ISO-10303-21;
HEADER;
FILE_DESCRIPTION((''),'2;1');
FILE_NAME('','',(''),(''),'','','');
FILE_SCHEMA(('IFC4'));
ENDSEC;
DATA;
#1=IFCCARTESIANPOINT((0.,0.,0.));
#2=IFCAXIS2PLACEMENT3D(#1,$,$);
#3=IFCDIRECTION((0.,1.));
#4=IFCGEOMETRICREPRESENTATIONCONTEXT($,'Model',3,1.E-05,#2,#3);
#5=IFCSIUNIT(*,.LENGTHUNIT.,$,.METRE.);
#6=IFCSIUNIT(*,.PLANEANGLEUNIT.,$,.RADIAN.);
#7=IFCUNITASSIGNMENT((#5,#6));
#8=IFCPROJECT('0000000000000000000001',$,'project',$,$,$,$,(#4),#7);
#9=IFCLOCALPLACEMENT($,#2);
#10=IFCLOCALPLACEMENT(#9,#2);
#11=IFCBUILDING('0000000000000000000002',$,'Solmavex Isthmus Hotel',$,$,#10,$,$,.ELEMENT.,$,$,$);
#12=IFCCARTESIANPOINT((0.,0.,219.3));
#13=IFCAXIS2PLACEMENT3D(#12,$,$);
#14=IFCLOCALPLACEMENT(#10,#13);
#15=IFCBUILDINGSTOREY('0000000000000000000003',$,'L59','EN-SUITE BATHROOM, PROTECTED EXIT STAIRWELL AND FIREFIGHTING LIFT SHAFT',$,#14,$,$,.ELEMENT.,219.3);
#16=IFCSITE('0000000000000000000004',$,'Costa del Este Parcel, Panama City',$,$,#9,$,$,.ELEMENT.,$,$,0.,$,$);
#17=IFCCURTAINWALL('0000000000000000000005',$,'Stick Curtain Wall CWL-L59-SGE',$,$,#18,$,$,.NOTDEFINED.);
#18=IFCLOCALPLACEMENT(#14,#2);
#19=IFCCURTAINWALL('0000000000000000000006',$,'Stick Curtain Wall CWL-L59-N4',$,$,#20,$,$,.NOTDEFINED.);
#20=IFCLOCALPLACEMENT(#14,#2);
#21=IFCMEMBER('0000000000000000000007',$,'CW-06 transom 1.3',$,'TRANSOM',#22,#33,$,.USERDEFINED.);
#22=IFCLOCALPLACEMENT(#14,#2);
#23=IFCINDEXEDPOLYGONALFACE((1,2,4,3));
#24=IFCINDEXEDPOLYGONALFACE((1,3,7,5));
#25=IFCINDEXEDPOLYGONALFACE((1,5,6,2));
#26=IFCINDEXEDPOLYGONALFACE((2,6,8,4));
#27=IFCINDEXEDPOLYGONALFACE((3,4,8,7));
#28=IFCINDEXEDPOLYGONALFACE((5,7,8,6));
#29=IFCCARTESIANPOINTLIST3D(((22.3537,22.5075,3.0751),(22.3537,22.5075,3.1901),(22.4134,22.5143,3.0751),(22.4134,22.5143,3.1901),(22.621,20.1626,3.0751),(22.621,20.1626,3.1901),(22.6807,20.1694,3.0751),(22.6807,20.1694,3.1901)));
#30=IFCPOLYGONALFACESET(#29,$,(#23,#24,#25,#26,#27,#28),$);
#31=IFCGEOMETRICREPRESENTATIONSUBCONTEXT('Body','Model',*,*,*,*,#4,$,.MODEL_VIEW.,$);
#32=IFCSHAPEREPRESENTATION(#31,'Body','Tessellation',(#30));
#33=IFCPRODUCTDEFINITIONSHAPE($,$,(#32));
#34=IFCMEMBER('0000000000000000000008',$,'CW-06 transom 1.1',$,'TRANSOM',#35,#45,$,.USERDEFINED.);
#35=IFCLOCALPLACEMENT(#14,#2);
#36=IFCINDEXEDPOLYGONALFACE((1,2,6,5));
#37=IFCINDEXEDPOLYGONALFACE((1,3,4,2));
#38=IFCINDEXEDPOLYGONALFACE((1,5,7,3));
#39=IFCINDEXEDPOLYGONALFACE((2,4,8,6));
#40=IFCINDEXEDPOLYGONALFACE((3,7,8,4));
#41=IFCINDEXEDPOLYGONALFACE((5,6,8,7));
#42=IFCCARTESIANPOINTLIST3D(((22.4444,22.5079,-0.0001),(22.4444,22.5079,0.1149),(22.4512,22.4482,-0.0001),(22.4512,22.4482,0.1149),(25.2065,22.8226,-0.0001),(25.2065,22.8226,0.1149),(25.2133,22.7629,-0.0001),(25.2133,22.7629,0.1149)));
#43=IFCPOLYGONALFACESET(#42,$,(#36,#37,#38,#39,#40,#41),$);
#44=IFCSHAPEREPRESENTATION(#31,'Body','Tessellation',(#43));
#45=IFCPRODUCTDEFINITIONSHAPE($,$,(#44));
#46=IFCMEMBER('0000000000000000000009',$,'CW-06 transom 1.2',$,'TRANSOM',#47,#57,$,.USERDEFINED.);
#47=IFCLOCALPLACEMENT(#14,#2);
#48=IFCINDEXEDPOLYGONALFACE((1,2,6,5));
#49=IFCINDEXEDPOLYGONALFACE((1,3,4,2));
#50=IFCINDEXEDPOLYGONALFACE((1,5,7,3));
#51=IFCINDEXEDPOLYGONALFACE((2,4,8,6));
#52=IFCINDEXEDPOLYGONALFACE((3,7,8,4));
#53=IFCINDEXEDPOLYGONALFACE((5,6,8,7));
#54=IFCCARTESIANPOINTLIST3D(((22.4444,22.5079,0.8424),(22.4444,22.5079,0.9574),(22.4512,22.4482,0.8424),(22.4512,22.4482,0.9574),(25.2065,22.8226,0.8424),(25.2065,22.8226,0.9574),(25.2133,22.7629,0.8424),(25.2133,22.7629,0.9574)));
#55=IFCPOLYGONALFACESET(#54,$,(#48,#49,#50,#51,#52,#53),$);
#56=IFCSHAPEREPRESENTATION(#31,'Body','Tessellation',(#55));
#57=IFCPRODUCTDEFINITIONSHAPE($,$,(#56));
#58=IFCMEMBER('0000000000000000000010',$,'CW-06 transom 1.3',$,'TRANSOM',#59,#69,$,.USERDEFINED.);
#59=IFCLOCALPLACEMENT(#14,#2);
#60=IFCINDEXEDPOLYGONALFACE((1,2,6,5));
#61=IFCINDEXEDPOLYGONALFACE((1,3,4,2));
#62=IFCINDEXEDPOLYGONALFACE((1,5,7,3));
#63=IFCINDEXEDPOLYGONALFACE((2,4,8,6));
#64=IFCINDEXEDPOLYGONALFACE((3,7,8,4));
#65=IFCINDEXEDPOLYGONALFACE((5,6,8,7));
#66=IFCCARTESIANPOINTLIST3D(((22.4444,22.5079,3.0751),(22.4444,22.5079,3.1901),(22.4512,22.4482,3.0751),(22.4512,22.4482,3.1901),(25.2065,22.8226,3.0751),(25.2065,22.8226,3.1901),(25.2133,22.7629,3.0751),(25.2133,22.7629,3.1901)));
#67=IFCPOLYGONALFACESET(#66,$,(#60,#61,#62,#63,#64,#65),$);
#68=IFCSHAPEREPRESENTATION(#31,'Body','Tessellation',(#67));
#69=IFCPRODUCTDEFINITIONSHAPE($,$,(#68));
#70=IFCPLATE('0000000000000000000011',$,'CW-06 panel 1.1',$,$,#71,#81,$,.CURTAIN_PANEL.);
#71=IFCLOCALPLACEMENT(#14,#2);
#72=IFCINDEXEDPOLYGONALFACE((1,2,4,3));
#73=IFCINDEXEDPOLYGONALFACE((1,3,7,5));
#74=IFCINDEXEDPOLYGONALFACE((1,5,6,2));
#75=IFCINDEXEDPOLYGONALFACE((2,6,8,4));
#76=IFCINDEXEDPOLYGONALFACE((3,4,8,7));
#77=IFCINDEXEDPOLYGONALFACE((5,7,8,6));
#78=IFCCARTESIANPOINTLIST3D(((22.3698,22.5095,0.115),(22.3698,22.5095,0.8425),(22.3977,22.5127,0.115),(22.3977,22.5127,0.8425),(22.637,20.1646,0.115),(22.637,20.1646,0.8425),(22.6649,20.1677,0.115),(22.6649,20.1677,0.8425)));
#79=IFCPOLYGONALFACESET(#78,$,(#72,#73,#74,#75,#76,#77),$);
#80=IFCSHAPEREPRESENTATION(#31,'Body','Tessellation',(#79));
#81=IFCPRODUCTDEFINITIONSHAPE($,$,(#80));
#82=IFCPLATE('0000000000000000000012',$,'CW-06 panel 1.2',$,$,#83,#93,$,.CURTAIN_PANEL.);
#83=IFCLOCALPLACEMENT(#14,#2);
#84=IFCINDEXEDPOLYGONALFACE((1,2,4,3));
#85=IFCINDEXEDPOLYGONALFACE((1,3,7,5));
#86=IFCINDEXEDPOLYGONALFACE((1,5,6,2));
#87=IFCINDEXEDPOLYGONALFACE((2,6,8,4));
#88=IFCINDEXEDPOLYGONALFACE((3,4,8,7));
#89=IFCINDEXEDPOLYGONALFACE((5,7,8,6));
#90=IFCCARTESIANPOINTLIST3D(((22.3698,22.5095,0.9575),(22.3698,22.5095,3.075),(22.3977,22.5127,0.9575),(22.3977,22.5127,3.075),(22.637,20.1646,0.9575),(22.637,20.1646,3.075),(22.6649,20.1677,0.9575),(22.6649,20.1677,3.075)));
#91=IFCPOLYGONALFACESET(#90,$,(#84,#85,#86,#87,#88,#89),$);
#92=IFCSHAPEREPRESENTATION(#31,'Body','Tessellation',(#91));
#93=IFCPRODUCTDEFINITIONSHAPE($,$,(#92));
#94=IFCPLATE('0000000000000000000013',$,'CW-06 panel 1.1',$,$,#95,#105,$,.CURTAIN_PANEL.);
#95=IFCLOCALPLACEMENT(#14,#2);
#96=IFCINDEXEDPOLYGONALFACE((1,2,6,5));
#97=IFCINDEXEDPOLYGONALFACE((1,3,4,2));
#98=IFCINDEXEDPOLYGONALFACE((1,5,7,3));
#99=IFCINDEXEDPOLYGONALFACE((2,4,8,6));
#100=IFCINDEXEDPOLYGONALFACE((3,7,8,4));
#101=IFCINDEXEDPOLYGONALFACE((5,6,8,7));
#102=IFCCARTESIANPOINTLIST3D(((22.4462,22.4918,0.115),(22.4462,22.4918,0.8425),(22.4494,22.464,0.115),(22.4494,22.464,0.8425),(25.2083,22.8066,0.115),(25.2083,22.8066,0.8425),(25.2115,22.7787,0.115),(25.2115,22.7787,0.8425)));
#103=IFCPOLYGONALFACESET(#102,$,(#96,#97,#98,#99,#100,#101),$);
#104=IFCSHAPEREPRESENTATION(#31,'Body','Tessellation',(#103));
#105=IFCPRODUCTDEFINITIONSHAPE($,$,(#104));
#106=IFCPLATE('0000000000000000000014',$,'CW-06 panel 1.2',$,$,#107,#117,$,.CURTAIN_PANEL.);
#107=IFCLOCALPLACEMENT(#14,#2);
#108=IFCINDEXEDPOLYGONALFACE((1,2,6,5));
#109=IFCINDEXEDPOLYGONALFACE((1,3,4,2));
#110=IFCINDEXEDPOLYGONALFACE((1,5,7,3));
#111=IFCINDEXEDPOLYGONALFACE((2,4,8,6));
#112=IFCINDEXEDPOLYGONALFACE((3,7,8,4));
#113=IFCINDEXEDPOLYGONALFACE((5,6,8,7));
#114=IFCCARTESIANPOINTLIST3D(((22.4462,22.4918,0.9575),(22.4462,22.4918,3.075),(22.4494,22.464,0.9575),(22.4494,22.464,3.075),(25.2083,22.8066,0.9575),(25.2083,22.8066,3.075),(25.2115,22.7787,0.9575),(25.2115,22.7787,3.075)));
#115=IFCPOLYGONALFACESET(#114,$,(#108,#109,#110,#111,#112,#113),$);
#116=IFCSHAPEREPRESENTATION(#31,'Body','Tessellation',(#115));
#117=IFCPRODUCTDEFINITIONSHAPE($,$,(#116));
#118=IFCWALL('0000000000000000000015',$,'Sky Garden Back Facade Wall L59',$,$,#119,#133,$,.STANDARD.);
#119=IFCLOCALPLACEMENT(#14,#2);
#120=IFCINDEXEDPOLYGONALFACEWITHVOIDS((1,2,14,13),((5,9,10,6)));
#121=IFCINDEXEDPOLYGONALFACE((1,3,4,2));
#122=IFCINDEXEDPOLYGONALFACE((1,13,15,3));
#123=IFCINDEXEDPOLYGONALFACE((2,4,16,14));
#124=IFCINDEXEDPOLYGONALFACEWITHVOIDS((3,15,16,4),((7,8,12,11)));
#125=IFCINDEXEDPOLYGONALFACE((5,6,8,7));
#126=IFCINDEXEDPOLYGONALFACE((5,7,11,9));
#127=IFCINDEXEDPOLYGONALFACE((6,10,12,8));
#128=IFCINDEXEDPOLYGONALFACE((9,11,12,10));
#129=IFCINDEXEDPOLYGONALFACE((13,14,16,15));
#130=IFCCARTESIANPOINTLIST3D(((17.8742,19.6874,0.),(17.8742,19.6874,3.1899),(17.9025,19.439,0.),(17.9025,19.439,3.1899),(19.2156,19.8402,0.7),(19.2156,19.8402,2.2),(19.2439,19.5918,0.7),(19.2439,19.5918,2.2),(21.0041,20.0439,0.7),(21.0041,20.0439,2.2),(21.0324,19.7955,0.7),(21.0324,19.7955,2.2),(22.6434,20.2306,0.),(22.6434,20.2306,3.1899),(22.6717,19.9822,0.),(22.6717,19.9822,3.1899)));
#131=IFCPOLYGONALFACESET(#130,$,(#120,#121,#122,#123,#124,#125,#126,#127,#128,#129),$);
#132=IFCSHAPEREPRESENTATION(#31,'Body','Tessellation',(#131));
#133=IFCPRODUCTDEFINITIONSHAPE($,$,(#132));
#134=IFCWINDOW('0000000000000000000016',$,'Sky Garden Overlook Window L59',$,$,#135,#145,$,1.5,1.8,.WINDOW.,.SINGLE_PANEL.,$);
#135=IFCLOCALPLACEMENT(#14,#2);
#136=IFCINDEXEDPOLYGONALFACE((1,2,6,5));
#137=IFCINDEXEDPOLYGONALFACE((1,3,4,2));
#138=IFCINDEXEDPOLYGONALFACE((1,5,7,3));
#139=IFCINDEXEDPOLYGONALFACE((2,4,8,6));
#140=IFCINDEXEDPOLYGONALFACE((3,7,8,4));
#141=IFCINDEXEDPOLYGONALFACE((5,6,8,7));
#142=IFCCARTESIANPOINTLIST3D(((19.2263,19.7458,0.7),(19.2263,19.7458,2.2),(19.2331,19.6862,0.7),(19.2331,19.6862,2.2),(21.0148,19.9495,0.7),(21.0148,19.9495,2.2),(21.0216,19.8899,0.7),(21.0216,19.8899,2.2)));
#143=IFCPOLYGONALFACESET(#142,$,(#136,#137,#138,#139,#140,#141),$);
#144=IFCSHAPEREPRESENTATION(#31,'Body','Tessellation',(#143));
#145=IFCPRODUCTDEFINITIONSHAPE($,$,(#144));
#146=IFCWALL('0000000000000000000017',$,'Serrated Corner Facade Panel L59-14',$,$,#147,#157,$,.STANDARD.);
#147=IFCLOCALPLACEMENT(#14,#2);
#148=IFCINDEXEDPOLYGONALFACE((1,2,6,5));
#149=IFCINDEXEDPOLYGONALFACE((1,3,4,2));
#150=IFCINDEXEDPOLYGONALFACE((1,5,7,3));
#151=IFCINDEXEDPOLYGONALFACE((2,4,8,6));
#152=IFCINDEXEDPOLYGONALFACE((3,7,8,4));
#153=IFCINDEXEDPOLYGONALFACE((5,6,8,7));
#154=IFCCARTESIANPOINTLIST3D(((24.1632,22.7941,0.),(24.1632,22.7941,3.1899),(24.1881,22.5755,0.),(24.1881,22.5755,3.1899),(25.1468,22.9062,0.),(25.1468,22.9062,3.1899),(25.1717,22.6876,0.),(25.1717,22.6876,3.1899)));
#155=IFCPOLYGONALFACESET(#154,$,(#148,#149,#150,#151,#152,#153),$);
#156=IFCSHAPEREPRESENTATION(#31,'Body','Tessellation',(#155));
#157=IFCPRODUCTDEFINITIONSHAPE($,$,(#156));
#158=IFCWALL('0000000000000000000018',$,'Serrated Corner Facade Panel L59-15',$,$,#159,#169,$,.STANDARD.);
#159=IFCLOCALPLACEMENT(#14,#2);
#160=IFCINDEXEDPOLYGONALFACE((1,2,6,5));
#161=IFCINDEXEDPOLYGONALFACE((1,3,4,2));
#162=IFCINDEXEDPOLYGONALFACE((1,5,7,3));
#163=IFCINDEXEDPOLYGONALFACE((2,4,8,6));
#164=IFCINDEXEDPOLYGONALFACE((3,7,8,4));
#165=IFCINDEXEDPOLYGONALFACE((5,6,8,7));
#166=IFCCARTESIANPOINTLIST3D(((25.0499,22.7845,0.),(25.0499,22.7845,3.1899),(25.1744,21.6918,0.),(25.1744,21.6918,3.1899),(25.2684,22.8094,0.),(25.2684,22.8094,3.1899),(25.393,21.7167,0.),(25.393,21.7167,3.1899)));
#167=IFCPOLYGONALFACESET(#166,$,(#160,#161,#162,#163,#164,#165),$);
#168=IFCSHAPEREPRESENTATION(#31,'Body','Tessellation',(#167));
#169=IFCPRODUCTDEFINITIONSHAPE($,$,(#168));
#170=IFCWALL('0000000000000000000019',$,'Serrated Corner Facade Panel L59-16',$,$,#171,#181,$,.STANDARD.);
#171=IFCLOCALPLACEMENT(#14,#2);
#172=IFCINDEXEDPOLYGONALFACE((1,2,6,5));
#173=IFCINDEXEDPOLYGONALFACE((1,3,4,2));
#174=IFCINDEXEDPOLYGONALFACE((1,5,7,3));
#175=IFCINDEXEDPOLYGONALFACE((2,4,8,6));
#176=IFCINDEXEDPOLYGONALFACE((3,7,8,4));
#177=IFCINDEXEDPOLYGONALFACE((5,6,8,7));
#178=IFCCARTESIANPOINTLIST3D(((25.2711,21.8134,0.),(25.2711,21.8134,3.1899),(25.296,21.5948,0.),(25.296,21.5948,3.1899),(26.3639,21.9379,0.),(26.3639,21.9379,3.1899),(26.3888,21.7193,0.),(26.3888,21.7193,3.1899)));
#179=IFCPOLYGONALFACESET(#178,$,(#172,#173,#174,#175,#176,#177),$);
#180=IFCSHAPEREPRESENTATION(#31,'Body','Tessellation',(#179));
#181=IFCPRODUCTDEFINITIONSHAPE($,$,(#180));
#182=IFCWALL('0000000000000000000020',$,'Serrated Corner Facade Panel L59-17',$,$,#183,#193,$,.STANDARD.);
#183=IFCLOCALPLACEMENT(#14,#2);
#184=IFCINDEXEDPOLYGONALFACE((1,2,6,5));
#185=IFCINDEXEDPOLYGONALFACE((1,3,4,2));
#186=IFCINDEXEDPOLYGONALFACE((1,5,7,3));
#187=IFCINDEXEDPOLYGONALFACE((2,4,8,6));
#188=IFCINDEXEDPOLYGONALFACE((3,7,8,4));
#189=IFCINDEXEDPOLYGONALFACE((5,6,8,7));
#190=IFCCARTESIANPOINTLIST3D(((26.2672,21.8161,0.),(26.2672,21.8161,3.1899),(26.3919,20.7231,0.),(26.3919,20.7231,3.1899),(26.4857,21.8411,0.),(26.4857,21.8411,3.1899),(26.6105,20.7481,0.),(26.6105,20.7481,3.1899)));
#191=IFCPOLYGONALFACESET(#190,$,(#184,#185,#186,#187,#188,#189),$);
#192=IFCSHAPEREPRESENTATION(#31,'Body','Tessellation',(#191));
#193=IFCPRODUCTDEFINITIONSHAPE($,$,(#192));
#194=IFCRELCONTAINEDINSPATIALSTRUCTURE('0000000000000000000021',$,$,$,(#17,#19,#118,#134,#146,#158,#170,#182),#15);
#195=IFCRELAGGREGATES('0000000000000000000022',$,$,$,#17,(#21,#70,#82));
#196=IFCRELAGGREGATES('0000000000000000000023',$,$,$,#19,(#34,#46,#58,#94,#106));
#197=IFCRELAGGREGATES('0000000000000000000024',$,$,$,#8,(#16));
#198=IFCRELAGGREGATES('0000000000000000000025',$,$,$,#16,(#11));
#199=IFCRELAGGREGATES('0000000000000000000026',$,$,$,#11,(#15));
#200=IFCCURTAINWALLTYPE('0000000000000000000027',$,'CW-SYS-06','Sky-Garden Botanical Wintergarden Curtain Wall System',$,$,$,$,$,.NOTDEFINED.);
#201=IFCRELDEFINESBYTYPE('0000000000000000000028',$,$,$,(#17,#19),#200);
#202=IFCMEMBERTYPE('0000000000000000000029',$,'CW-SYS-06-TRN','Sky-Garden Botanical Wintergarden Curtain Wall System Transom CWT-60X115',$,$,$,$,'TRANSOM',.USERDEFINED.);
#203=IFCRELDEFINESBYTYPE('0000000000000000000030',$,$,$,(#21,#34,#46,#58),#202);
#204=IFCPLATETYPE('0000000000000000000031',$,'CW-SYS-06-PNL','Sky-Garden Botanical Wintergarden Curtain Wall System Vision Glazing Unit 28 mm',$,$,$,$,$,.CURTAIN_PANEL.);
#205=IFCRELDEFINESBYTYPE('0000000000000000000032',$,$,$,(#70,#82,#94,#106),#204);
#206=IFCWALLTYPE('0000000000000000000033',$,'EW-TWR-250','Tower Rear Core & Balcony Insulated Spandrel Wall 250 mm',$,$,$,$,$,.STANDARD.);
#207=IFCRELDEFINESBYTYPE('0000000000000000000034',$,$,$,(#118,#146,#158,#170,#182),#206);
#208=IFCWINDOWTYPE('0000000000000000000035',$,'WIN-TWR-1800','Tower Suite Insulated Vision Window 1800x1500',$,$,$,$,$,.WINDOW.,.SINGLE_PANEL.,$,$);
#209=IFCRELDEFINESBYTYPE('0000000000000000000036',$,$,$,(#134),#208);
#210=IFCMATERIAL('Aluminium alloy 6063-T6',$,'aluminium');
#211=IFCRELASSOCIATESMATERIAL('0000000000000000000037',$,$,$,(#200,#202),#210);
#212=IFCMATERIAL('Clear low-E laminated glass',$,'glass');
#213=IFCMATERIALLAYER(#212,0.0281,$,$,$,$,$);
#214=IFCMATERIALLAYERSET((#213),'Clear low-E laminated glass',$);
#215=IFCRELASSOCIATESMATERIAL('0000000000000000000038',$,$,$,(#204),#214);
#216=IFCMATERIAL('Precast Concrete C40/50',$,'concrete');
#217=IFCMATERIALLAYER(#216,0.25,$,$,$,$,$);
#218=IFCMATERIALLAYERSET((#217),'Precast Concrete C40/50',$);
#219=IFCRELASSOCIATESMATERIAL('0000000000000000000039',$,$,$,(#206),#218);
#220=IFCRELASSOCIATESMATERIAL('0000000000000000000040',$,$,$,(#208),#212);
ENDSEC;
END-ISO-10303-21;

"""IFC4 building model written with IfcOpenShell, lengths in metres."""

from ifc_helpers import new_model, si_unit, direction, frame, frame_2d, origin, origin_2d, place, context, subcontext, project, spatial, rectangle, extrude, material, layer, layer_set, material_profile, profile_set, type_object, element, fill, aggregate, save


model = new_model("IFC4")

# Units and contexts
model_context = context("Model", 3, precision=1e-05, world=origin(), true_north=direction((0.0, 1.0)))
body_context = subcontext(model_context, "Body", "Model", "MODEL_VIEW")
ifc_project = project(units=[si_unit("LENGTHUNIT", "METRE"), si_unit("PLANEANGLEUNIT", "RADIAN")], contexts=[model_context])

# Site, building, storey
site_placement = place(None, origin())
site = spatial("IfcSite", under=ifc_project, at=site_placement, Name="Costa del Este Parcel, Panama City", CompositionType="ELEMENT", RefElevation=0.0)
building_placement = place(site_placement, origin())
building = spatial("IfcBuilding", under=site, at=building_placement, Name="Solmavex Isthmus Hotel", CompositionType="ELEMENT")
storey_placement = place(building_placement, frame((0.0, 0.0, 219.3)))
storey = spatial("IfcBuildingStorey", under=building, at=storey_placement, Name="L59", Description="EN-SUITE BATHROOM, PROTECTED EXIT STAIRWELL AND FIREFIGHTING LIFT SHAFT", CompositionType="ELEMENT", Elevation=219.3)

# Shared definitions
ifc_material_1 = material(Name="Aluminium alloy 6063-T6", Category="aluminium")
curtain_wall_type = type_object("IfcCurtainWallType", Name="CW-SYS-06", Description="Sky-Garden Botanical Wintergarden Curtain Wall System", PredefinedType="NOTDEFINED", material=ifc_material_1)

# Curtain walls
curtain_wall_1_placement = place(storey_placement, origin())
curtain_wall_1 = element("IfcCurtainWall", 1, at=curtain_wall_1_placement, inside=storey, type_object=curtain_wall_type, Name="Stick Curtain Wall CWL-L59-SGE", PredefinedType="NOTDEFINED")
curtain_wall_2_placement = place(storey_placement, origin())
curtain_wall_2 = element("IfcCurtainWall", 2, at=curtain_wall_2_placement, inside=storey, type_object=curtain_wall_type, Name="Stick Curtain Wall CWL-L59-N4", PredefinedType="NOTDEFINED")

# Members
ifc_material_profile_1 = material_profile(ifc_material_1, rectangle(XDim=0.0601, YDim=0.115, at=origin_2d()), Name="CWT-60X115")
ifc_profile_set_1 = profile_set([ifc_material_profile_1], Name="Aluminium alloy 6063-T6")
member_type_1 = type_object("IfcMemberType", Name="CW-SYS-06-TRN", Description="Sky-Garden Botanical Wintergarden Curtain Wall System Transom CWT-60X115", ElementType="TRANSOM", PredefinedType="USERDEFINED", material=ifc_profile_set_1)
member_1_placement = place(storey_placement, frame((22.6509, 20.166, 3.1326), z_axis=(-0.113269, 0.993564, 0.0), x_axis=(-0.993564, -0.113269, 0.0)))
member_1 = element("IfcMember", 3, at=member_1_placement, type_object=member_type_1, Name="CW-06 transom 1.3", ObjectType="TRANSOM", PredefinedType="USERDEFINED", context=body_context, shape_type="SweptSolid", body=[
    extrude(rectangle(XDim=0.0601, YDim=0.115, at=origin_2d()), origin(), (0.0, 0.0, 1.0), 2.3601),
])
member_2_placement = place(storey_placement, frame((22.4478, 22.478, 0.0574), z_axis=(0.993573, 0.113197, 0.0), x_axis=(-0.113197, 0.993573, 0.0)))
member_2 = element("IfcMember", 4, at=member_2_placement, type_object=member_type_1, Name="CW-06 transom 1.1", ObjectType="TRANSOM", PredefinedType="USERDEFINED", context=body_context, shape_type="SweptSolid", body=[
    extrude(rectangle(XDim=0.0601, YDim=0.115, at=origin_2d()), origin(), (0.0, 0.0, 1.0), 2.78),
])
member_3_placement = place(storey_placement, frame((22.4478, 22.478, 0.8999), z_axis=(0.993573, 0.113197, 0.0), x_axis=(-0.113197, 0.993573, 0.0)))
member_3 = element("IfcMember", 5, at=member_3_placement, type_object=member_type_1, Name="CW-06 transom 1.2", ObjectType="TRANSOM", PredefinedType="USERDEFINED", context=body_context, shape_type="SweptSolid", body=[
    extrude(rectangle(XDim=0.0601, YDim=0.115, at=origin_2d()), origin(), (0.0, 0.0, 1.0), 2.78),
])
member_4_placement = place(storey_placement, frame((22.4478, 22.478, 3.1326), z_axis=(0.993573, 0.113197, 0.0), x_axis=(-0.113197, 0.993573, 0.0)))
member_4 = element("IfcMember", 6, at=member_4_placement, type_object=member_type_1, Name="CW-06 transom 1.3", ObjectType="TRANSOM", PredefinedType="USERDEFINED", context=body_context, shape_type="SweptSolid", body=[
    extrude(rectangle(XDim=0.0601, YDim=0.115, at=origin_2d()), origin(), (0.0, 0.0, 1.0), 2.78),
])

# Plates
ifc_material_2 = material(Name="Clear low-E laminated glass", Category="glass")
ifc_layer_1 = layer(ifc_material_2, 0.0281)
ifc_layer_set_1 = layer_set([ifc_layer_1], Name="Clear low-E laminated glass")
plate_type = type_object("IfcPlateType", Name="CW-SYS-06-PNL", Description="Sky-Garden Botanical Wintergarden Curtain Wall System Vision Glazing Unit 28 mm", PredefinedType="CURTAIN_PANEL", material=ifc_layer_set_1)
plate_1_placement = place(storey_placement, frame((22.5173, 21.3386, 0.115), z_axis=(0.0, 0.0, 1.0), x_axis=(-0.113202, 0.993572, 0.0)))
plate_1 = element("IfcPlate", 7, at=plate_1_placement, type_object=plate_type, Name="CW-06 panel 1.1", PredefinedType="CURTAIN_PANEL", context=body_context, shape_type="SweptSolid", body=[
    extrude(rectangle(XDim=2.3601, YDim=0.0281, at=origin_2d()), origin(), (0.0, 0.0, 1.0), 0.7275),
])
plate_2_placement = place(storey_placement, frame((22.5173, 21.3386, 0.9575), z_axis=(0.0, 0.0, 1.0), x_axis=(-0.113202, 0.993572, 0.0)))
plate_2 = element("IfcPlate", 8, at=plate_2_placement, type_object=plate_type, Name="CW-06 panel 1.2", PredefinedType="CURTAIN_PANEL", context=body_context, shape_type="SweptSolid", body=[
    extrude(rectangle(XDim=2.3601, YDim=0.0281, at=origin_2d()), origin(), (0.0, 0.0, 1.0), 2.1174),
])
aggregate(curtain_wall_1, [member_1, plate_1, plate_2])
plate_3_placement = place(storey_placement, frame((23.8289, 22.6353, 0.115), z_axis=(0.0, 0.0, 1.0), x_axis=(0.993572, 0.113203, 0.0)))
plate_3 = element("IfcPlate", 9, at=plate_3_placement, type_object=plate_type, Name="CW-06 panel 1.1", PredefinedType="CURTAIN_PANEL", context=body_context, shape_type="SweptSolid", body=[
    extrude(rectangle(XDim=2.78, YDim=0.0281, at=origin_2d()), origin(), (0.0, 0.0, 1.0), 0.7275),
])
plate_4_placement = place(storey_placement, frame((23.8289, 22.6353, 0.9575), z_axis=(0.0, 0.0, 1.0), x_axis=(0.993572, 0.113203, 0.0)))
plate_4 = element("IfcPlate", 10, at=plate_4_placement, type_object=plate_type, Name="CW-06 panel 1.2", PredefinedType="CURTAIN_PANEL", context=body_context, shape_type="SweptSolid", body=[
    extrude(rectangle(XDim=2.78, YDim=0.0281, at=origin_2d()), origin(), (0.0, 0.0, 1.0), 2.1174),
])
aggregate(curtain_wall_2, [member_2, member_3, member_4, plate_3, plate_4])

# Wall, opening, window
ifc_material_3 = material(Name="Precast Concrete C40/50", Category="concrete")
ifc_layer_2 = layer(ifc_material_3, 0.25)
ifc_layer_set_2 = layer_set([ifc_layer_2], Name="Precast Concrete C40/50")
wall_type_1 = type_object("IfcWallType", Name="EW-TWR-250", Description="Tower Rear Core & Balcony Insulated Spandrel Wall 250 mm", PredefinedType="STANDARD", material=ifc_layer_set_2)
wall_1_placement = place(storey_placement, frame((17.8884, 19.5632, 0.0), z_axis=(0.0, 0.0, 1.0), x_axis=(0.993576, 0.113166, 0.0)))
wall_1 = element("IfcWall", 11, at=wall_1_placement, inside=storey, type_object=wall_type_1, Name="Sky Garden Back Facade Wall L59", PredefinedType="STANDARD", context=body_context, shape_type="SweptSolid", body=[
    extrude(rectangle(XDim=4.8, YDim=0.25, at=frame_2d((2.3999, 0.0))), origin(), (0.0, 0.0, 1.0), 3.1899),
])
opening_placement = place(wall_1_placement, frame((1.3501, 0.0, 0.7)))
opening = element("IfcOpeningElement", 12, at=opening_placement, cuts=wall_1, PredefinedType="OPENING", context=body_context, shape_type="SweptSolid", body=[
    extrude(rectangle(XDim=1.8, YDim=1.5, at=frame_2d((0.8999, 0.75))), frame((0.0, 0.135, 0.0), z_axis=(0.0, -1.0, 0.0), x_axis=(1.0, 0.0, 0.0)), (0.0, 0.0, 1.0), 0.27),
])
window_type = type_object("IfcWindowType", Name="WIN-TWR-1800", Description="Tower Suite Insulated Vision Window 1800x1500", PartitioningType="SINGLE_PANEL", PredefinedType="WINDOW", material=ifc_material_2)
window_placement = place(opening_placement, origin())
window = element("IfcWindow", 13, at=window_placement, inside=storey, type_object=window_type, Name="Sky Garden Overlook Window L59", OverallHeight=1.5, OverallWidth=1.8, PartitioningType="SINGLE_PANEL", PredefinedType="WINDOW", context=body_context, shape_type="SweptSolid", body=[
    extrude(rectangle(XDim=1.8, YDim=1.5, at=frame_2d((0.8999, 0.75))), frame((0.0, 0.03, 0.0), z_axis=(0.0, -1.0, 0.0), x_axis=(1.0, 0.0, 0.0)), (0.0, 0.0, 1.0), 0.0601),
])
fill(opening, window)

# Walls
wall_2_placement = place(storey_placement, frame((24.1755, 22.6848, 0.0), z_axis=(0.0, 0.0, 1.0), x_axis=(0.993573, 0.113192, 0.0)))
element("IfcWall", 14, at=wall_2_placement, inside=storey, type_object=wall_type_1, Name="Serrated Corner Facade Panel L59-14", PredefinedType="STANDARD", context=body_context, shape_type="SweptSolid", body=[
    extrude(rectangle(XDim=0.99, YDim=0.22, at=frame_2d((0.4951, 0.0))), origin(), (0.0, 0.0, 1.0), 3.1899),
])
for number, where, z_axis, x_axis, name in (
    (15, (25.1592, 22.7969, 0.0), (0.0, 0.0, 1.0), (0.113209, -0.993571, 0.0), "Serrated Corner Facade Panel L59-15"),
    (16, (25.2837, 21.7041, 0.0), (0.0, 0.0, 1.0), (0.993571, 0.113209, 0.0), "Serrated Corner Facade Panel L59-16"),
):
    element("IfcWall", number, at=place(storey_placement, frame(where, z_axis=z_axis, x_axis=x_axis)), inside=storey, type_object=wall_type_1, Name=name, PredefinedType="STANDARD", context=body_context, shape_type="SweptSolid", body=[
        extrude(rectangle(XDim=1.0999, YDim=0.22, at=frame_2d((0.5498, 0.0))), origin(), (0.0, 0.0, 1.0), 3.1899),
    ])
wall_3_placement = place(storey_placement, frame((26.3765, 21.8286, 0.0), z_axis=(0.0, 0.0, 1.0), x_axis=(0.113403, -0.993549, 0.0)))
element("IfcWall", 17, at=wall_3_placement, inside=storey, type_object=wall_type_1, Name="Serrated Corner Facade Panel L59-17", PredefinedType="STANDARD", context=body_context, shape_type="SweptSolid", body=[
    extrude(rectangle(XDim=1.1001, YDim=0.22, at=frame_2d((0.55, 0.0))), origin(), (0.0, 0.0, 1.0), 3.1899),
])

save(model, "model.ifc")
